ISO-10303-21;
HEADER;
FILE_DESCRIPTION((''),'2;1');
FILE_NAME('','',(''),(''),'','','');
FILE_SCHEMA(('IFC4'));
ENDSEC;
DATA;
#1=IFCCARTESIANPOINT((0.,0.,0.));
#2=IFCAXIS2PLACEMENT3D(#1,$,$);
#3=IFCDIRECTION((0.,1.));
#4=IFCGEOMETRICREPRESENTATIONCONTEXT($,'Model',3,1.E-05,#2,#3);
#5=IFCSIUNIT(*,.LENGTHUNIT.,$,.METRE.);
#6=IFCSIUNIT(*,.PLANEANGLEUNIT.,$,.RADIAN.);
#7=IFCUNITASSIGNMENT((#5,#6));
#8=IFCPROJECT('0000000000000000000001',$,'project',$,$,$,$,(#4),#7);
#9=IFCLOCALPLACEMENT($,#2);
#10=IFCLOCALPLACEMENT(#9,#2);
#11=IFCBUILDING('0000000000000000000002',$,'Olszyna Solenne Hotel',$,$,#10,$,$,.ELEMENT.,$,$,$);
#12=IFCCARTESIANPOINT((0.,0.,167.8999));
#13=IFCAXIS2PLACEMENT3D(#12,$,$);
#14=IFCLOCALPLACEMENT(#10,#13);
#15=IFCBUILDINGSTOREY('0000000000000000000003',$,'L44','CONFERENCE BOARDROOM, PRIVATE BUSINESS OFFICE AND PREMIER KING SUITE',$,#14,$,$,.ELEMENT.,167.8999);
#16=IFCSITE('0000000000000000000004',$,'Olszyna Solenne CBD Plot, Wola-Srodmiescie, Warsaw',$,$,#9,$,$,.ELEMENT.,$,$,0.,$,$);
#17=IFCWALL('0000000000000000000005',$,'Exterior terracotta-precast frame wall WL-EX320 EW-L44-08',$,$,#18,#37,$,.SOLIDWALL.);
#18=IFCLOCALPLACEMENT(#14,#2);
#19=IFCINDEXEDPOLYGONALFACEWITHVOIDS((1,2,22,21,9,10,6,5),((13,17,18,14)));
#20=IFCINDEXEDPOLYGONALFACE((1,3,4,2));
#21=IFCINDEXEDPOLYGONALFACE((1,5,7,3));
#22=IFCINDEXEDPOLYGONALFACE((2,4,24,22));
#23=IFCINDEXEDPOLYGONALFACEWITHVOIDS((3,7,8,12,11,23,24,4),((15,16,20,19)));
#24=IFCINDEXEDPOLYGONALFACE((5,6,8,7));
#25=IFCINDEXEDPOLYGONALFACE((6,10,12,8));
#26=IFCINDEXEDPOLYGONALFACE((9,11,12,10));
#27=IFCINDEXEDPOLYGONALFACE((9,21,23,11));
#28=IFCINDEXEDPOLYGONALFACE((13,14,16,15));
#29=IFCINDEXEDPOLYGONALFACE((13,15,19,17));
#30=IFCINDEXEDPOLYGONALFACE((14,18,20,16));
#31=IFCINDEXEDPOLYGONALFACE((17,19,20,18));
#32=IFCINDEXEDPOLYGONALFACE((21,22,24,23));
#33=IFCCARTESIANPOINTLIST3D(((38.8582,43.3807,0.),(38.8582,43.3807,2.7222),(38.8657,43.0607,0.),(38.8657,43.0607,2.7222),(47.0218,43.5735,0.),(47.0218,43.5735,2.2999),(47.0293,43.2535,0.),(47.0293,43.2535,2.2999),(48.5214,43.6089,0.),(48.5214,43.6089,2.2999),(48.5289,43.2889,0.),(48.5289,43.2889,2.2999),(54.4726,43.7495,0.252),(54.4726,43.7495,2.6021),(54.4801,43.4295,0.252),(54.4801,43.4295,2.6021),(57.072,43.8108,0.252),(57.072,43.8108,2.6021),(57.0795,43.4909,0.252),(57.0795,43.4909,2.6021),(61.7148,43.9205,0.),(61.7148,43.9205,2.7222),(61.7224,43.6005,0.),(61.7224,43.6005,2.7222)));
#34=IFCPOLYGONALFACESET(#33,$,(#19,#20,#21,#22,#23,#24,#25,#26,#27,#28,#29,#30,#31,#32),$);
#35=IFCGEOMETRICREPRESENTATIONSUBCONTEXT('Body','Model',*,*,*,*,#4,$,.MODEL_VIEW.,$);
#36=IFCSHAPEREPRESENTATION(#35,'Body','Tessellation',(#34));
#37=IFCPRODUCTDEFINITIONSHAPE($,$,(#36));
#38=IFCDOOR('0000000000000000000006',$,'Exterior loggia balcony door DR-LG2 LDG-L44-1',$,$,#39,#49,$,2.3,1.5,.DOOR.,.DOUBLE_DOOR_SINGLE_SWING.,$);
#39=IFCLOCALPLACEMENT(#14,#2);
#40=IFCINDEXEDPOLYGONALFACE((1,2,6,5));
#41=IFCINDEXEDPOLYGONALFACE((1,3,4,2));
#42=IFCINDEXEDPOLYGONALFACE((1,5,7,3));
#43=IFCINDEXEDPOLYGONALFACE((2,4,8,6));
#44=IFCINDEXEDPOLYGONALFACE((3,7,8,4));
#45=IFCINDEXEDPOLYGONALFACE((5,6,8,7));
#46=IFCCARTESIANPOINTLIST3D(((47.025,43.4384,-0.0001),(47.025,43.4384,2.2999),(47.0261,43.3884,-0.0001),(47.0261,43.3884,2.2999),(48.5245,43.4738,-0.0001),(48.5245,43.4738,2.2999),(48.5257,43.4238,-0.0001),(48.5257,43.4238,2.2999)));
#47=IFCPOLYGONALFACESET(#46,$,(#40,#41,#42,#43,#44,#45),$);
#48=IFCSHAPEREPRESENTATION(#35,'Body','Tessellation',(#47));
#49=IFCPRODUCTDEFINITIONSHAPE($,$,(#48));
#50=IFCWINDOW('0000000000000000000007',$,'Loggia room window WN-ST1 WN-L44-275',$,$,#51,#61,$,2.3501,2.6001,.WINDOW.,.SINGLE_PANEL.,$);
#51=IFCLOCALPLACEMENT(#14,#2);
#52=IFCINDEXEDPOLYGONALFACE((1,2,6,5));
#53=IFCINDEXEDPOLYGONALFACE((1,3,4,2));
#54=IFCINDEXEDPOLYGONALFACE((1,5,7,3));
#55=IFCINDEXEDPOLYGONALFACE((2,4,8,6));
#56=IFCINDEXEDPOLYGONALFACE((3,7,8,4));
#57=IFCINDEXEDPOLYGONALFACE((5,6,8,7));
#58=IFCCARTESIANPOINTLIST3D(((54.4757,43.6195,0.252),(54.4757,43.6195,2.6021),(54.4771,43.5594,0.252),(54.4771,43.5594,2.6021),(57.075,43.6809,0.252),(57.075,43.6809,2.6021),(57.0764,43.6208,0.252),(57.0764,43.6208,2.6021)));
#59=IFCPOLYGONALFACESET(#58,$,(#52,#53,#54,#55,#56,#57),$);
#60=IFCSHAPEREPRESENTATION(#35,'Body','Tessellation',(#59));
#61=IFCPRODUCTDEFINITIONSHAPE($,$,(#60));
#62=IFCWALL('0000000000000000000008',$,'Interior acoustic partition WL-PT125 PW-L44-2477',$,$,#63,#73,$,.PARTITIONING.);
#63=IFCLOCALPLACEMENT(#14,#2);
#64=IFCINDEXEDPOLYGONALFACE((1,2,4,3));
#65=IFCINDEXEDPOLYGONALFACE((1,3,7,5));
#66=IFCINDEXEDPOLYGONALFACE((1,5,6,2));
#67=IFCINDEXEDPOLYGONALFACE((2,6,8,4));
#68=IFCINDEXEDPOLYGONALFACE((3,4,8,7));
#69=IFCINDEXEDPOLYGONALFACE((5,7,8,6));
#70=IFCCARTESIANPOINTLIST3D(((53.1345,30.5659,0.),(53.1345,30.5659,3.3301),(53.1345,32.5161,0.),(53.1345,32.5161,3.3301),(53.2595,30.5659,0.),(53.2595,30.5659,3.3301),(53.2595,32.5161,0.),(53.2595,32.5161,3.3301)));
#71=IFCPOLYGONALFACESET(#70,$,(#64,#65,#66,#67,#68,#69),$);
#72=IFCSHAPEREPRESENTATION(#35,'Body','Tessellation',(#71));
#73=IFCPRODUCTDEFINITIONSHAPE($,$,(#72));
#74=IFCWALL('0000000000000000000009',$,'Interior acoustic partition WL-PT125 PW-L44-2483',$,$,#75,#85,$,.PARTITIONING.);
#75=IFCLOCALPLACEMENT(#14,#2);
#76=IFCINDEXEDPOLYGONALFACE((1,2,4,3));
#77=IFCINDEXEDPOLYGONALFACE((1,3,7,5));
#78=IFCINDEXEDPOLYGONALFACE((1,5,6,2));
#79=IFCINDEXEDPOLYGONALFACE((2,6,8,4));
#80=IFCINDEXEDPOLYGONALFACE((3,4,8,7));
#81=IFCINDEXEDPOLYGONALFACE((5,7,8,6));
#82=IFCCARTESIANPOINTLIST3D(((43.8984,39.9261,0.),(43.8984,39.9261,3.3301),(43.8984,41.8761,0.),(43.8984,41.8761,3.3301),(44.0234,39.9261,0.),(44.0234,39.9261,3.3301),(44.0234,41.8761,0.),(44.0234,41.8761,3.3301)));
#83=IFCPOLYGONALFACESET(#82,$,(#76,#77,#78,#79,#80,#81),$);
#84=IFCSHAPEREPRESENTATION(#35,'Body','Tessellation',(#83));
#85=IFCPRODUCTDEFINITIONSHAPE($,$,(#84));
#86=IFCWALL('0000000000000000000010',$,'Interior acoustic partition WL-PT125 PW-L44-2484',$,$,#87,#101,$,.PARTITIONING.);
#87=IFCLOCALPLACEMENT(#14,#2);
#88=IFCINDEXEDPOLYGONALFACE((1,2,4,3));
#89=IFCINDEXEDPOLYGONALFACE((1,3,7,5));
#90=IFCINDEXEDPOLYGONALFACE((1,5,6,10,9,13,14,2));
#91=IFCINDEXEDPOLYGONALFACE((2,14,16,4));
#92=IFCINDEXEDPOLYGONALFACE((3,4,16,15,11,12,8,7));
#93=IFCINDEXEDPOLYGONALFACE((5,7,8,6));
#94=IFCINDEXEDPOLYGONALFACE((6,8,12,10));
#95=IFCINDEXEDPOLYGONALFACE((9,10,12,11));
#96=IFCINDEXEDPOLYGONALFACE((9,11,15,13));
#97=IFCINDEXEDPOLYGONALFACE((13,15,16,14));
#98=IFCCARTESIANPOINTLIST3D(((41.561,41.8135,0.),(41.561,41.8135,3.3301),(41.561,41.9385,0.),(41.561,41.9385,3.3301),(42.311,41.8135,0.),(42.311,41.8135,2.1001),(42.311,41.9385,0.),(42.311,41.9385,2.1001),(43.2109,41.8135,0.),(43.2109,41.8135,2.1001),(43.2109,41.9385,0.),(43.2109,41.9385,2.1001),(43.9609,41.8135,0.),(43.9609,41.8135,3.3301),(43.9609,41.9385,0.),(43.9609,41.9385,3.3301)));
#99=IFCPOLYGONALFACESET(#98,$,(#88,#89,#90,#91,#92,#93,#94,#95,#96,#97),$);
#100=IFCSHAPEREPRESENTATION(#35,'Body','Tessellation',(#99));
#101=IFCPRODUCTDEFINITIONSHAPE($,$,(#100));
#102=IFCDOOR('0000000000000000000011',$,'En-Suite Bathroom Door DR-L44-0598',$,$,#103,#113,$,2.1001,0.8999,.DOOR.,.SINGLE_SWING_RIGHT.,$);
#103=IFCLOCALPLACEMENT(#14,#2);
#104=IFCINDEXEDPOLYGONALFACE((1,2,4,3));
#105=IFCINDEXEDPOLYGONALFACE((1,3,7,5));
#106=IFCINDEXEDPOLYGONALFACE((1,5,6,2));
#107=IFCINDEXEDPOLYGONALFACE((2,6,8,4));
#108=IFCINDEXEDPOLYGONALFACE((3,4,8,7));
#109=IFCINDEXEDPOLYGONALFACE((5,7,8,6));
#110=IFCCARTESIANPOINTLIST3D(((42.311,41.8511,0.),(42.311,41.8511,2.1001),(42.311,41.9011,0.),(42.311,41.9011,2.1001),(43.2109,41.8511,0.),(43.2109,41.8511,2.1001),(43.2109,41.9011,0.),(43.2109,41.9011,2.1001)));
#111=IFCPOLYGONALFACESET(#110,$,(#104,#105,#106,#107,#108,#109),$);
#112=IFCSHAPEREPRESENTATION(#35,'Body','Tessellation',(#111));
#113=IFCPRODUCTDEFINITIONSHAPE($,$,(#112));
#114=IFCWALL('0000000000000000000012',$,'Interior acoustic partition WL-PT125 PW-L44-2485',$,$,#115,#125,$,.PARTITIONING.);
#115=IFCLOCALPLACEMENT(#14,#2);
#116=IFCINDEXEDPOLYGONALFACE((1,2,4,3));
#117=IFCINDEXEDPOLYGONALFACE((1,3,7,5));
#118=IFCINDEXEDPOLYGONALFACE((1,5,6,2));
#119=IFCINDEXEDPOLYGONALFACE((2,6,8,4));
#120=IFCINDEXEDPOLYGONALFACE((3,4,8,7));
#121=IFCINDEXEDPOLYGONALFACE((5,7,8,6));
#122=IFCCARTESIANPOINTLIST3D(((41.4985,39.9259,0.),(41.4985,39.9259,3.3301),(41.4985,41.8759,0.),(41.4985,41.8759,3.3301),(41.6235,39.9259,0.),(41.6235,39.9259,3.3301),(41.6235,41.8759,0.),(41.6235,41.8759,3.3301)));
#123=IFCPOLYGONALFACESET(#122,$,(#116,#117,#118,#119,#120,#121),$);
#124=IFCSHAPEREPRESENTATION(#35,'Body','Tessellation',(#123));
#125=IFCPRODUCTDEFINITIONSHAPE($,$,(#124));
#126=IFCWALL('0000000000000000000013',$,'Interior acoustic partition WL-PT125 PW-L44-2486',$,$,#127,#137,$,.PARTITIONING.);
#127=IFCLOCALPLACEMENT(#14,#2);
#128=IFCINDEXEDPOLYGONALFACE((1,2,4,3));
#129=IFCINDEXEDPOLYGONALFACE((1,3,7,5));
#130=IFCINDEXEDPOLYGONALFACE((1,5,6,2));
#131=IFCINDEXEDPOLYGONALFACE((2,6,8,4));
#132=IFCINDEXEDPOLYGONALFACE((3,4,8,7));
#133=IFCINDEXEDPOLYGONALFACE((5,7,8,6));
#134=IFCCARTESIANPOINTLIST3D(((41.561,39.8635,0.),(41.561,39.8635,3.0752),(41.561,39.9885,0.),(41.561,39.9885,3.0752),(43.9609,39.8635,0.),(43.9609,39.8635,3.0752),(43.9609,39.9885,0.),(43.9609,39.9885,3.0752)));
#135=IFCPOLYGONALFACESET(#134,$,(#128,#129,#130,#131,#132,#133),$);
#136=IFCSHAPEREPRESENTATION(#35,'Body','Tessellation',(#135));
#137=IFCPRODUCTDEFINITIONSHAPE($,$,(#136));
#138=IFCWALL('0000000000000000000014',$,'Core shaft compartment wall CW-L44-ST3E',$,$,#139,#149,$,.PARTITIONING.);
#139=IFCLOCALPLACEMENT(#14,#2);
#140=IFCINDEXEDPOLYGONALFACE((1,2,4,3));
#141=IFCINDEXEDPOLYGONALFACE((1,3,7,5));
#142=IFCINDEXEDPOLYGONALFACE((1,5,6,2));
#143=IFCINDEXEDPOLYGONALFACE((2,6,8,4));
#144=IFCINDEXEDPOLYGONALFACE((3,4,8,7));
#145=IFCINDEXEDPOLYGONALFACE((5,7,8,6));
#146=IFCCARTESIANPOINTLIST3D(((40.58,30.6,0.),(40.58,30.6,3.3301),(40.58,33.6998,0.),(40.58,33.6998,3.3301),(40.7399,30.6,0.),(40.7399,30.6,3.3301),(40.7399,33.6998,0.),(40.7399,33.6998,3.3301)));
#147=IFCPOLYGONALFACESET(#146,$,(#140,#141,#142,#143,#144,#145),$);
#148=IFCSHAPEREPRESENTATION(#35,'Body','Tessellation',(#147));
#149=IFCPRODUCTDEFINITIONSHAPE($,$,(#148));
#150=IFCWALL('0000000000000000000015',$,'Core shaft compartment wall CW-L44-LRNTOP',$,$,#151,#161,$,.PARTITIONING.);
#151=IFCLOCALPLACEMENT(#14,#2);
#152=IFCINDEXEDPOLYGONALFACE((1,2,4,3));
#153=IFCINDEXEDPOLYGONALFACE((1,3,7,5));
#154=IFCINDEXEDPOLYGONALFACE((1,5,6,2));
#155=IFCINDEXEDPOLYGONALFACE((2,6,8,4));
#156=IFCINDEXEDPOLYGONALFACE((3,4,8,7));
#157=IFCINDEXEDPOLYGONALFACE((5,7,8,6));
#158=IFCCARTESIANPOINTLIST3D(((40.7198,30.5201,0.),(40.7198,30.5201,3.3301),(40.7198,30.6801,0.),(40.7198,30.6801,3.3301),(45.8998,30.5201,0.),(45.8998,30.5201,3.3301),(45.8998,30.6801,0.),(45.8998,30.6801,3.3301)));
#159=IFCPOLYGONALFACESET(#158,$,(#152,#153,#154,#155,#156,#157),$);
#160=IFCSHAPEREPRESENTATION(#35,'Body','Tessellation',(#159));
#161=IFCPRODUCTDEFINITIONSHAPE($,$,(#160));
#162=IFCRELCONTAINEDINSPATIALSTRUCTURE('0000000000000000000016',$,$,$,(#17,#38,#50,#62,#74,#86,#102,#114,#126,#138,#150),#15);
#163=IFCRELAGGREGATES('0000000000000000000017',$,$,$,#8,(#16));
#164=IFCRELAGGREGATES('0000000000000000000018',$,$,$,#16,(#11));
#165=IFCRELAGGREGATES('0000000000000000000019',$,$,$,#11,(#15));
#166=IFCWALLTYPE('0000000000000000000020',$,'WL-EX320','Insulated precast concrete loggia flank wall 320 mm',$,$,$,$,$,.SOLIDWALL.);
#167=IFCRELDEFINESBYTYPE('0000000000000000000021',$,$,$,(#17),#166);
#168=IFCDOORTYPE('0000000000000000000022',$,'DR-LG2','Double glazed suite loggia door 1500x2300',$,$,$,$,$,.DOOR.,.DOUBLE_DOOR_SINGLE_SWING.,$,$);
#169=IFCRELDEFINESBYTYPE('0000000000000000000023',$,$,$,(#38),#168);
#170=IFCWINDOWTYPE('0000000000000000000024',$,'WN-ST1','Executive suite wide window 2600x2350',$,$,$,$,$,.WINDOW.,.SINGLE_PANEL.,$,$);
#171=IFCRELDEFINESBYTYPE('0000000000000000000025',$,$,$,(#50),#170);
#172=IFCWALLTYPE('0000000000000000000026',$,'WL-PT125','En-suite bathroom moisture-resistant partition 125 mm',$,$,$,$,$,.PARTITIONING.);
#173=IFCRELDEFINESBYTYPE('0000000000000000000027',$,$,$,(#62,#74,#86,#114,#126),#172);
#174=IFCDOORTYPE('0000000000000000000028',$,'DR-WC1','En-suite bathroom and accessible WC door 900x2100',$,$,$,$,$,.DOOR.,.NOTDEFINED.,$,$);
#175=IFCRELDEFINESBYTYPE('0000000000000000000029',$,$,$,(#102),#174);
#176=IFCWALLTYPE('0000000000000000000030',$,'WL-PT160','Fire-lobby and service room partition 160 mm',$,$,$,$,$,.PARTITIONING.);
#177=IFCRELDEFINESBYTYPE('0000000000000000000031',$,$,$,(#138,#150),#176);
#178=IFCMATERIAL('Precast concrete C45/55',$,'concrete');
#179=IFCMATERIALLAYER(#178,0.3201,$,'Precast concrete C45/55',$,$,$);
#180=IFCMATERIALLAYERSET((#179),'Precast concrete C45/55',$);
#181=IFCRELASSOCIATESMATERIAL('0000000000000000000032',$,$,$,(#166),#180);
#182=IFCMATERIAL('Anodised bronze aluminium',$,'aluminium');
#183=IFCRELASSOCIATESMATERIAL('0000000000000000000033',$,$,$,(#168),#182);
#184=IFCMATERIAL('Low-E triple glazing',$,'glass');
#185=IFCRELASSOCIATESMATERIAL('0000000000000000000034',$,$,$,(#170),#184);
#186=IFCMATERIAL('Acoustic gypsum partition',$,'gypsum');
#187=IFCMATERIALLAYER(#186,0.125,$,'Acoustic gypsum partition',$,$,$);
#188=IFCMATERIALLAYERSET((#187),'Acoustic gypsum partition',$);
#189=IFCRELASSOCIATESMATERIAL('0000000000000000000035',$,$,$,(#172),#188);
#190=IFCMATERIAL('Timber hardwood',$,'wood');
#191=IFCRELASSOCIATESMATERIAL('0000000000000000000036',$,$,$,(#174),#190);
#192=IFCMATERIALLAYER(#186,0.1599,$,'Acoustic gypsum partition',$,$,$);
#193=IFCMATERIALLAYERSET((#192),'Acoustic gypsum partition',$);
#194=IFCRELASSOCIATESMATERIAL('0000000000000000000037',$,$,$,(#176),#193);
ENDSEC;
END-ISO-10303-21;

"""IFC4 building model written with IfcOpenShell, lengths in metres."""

from ifc_helpers import new_model, si_unit, direction, frame, frame_2d, origin, place, context, subcontext, project, spatial, rectangle, extrude, source, transform, mapped, material, layer, layer_set, type_object, type_shapes, element, fill, save


model = new_model("IFC4")

# Units and contexts
model_context = context("Model", 3, precision=1e-05, world=origin(), true_north=direction((0.0, 1.0)))
body_context = subcontext(model_context, "Body", "Model", "MODEL_VIEW")
ifc_project = project(units=[si_unit("LENGTHUNIT", "METRE"), si_unit("PLANEANGLEUNIT", "RADIAN")], contexts=[model_context])

# Site, building, storey
site_placement = place(None, origin())
site = spatial("IfcSite", under=ifc_project, at=site_placement, Name="Olszyna Solenne CBD Plot, Wola-Srodmiescie, Warsaw", CompositionType="ELEMENT", RefElevation=0.0)
building_placement = place(site_placement, origin())
building = spatial("IfcBuilding", under=site, at=building_placement, Name="Olszyna Solenne Hotel", CompositionType="ELEMENT")
storey_placement = place(building_placement, frame((0.0, 0.0, 167.8999)))
storey = spatial("IfcBuildingStorey", under=building, at=storey_placement, Name="L44", Description="CONFERENCE BOARDROOM, PRIVATE BUSINESS OFFICE AND PREMIER KING SUITE", CompositionType="ELEMENT", Elevation=167.8999)

# Shared definitions
ifc_material_1 = material(Name="Timber hardwood", Category="wood")

# Wall, openings, door, window
ifc_material_2 = material(Name="Precast concrete C45/55", Category="concrete")
ifc_layer_1 = layer(ifc_material_2, 0.3201, Name="Precast concrete C45/55")
ifc_layer_set_1 = layer_set([ifc_layer_1], Name="Precast concrete C45/55")
wall_type_1 = type_object("IfcWallType", Name="WL-EX320", Description="Insulated precast concrete loggia flank wall 320 mm", PredefinedType="SOLIDWALL", material=ifc_layer_set_1)
wall_1_placement = place(storey_placement, frame((38.8618, 43.2207, 0.0), z_axis=(0.0, 0.0, 1.0), x_axis=(0.999721, 0.02361, 0.0)))
wall_1 = element("IfcWall", 1, at=wall_1_placement, inside=storey, type_object=wall_type_1, Name="Exterior terracotta-precast frame wall WL-EX320 EW-L44-08", PredefinedType="SOLIDWALL", context=body_context, shape_type="SweptSolid", body=[
    extrude(rectangle(XDim=22.863, YDim=0.3201, at=frame_2d((11.4316, 0.0))), origin(), (0.0, 0.0, 1.0), 2.7222),
])
opening_1_placement = place(wall_1_placement, frame((8.166, 0.0, 0.0)))
opening_1 = element("IfcOpeningElement", 2, at=opening_1_placement, cuts=wall_1, PredefinedType="OPENING", context=body_context, shape_type="SweptSolid", body=[
    extrude(rectangle(XDim=1.5, YDim=2.3, at=frame_2d((0.75, 1.1499))), frame((0.0, 0.1699, 0.0), z_axis=(0.0, -1.0, 0.0), x_axis=(1.0, 0.0, 0.0)), (0.0, 0.0, 1.0), 0.3401),
])
opening_2_placement = place(wall_1_placement, frame((15.6189, 0.0, 0.252)))
opening_2 = element("IfcOpeningElement", 3, at=opening_2_placement, cuts=wall_1, PredefinedType="OPENING", context=body_context, shape_type="SweptSolid", body=[
    extrude(rectangle(XDim=2.6001, YDim=2.3501, at=frame_2d((1.3, 1.175))), frame((0.0, 0.1699, 0.0), z_axis=(0.0, -1.0, 0.0), x_axis=(1.0, 0.0, 0.0)), (0.0, 0.0, 1.0), 0.3401),
])
ifc_material_3 = material(Name="Anodised bronze aluminium", Category="aluminium")
door_type_1 = type_object("IfcDoorType", Name="DR-LG2", Description="Double glazed suite loggia door 1500x2300", OperationType="DOUBLE_DOOR_SINGLE_SWING", PredefinedType="DOOR", material=ifc_material_3)
shared_shape_1 = source(origin(), body_context, "Body", "SweptSolid", [
    extrude(rectangle(XDim=1.5, YDim=2.3, at=frame_2d((0.75, 1.1499))), frame((0.0, 0.0249, 0.0), z_axis=(0.0, -1.0, 0.0), x_axis=(1.0, 0.0, 0.0)), (0.0, 0.0, 1.0), 0.05),
])
type_shapes(door_type_1, [shared_shape_1])
door_1_placement = place(opening_1_placement, origin())
door_1 = element("IfcDoor", 4, at=door_1_placement, inside=storey, type_object=door_type_1, Name="Exterior loggia balcony door DR-LG2 LDG-L44-1", OperationType="DOUBLE_DOOR_SINGLE_SWING", OverallHeight=2.3, OverallWidth=1.5, PredefinedType="DOOR", context=body_context, shape_type="MappedRepresentation", body=[
    mapped(shared_shape_1, transform((0.0, 0.0, 0.0), x_axis=(1.0, 0.0, 0.0), y_axis=(0.0, 1.0, 0.0), z_axis=(0.0, 0.0, 1.0), scale=1.0)),
])
fill(opening_1, door_1)
ifc_material_4 = material(Name="Low-E triple glazing", Category="glass")
window_type = type_object("IfcWindowType", Name="WN-ST1", Description="Executive suite wide window 2600x2350", PartitioningType="SINGLE_PANEL", PredefinedType="WINDOW", material=ifc_material_4)
shared_shape_2 = source(origin(), body_context, "Body", "SweptSolid", [
    extrude(rectangle(XDim=2.6001, YDim=2.3501, at=frame_2d((1.3, 1.175))), frame((0.0, 0.03, 0.0), z_axis=(0.0, -1.0, 0.0), x_axis=(1.0, 0.0, 0.0)), (0.0, 0.0, 1.0), 0.0601),
])
type_shapes(window_type, [shared_shape_2])
window_placement = place(opening_2_placement, origin())
window = element("IfcWindow", 5, at=window_placement, inside=storey, type_object=window_type, Name="Loggia room window WN-ST1 WN-L44-275", OverallHeight=2.3501, OverallWidth=2.6001, PartitioningType="SINGLE_PANEL", PredefinedType="WINDOW", context=body_context, shape_type="MappedRepresentation", body=[
    mapped(shared_shape_2, transform((0.0, 0.0, 0.0), x_axis=(1.0, 0.0, 0.0), y_axis=(0.0, 1.0, 0.0), z_axis=(0.0, 0.0, 1.0), scale=1.0)),
])
fill(opening_2, window)

# Walls
ifc_material_5 = material(Name="Acoustic gypsum partition", Category="gypsum")
ifc_layer_2 = layer(ifc_material_5, 0.125, Name="Acoustic gypsum partition")
ifc_layer_set_2 = layer_set([ifc_layer_2], Name="Acoustic gypsum partition")
wall_type_2 = type_object("IfcWallType", Name="WL-PT125", Description="En-suite bathroom moisture-resistant partition 125 mm", PredefinedType="PARTITIONING", material=ifc_layer_set_2)
wall_2_placement = place(storey_placement, frame((53.197, 32.5161, 0.0), z_axis=(0.0, 0.0, 1.0), x_axis=(0.0, -1.0, 0.0)))
element("IfcWall", 6, at=wall_2_placement, inside=storey, type_object=wall_type_2, Name="Interior acoustic partition WL-PT125 PW-L44-2477", PredefinedType="PARTITIONING", context=body_context, shape_type="SweptSolid", body=[
    extrude(rectangle(XDim=1.9502, YDim=0.125, at=frame_2d((0.9751, 0.0))), origin(), (0.0, 0.0, 1.0), 3.3301),
])
wall_3_placement = place(storey_placement, frame((43.9609, 39.926, 0.0), z_axis=(0.0, 0.0, 1.0), x_axis=(0.0, 1.0, 0.0)))
element("IfcWall", 7, at=wall_3_placement, inside=storey, type_object=wall_type_2, Name="Interior acoustic partition WL-PT125 PW-L44-2483", PredefinedType="PARTITIONING", context=body_context, shape_type="SweptSolid", body=[
    extrude(rectangle(XDim=1.95, YDim=0.125, at=frame_2d((0.9751, 0.0))), origin(), (0.0, 0.0, 1.0), 3.3301),
])

# Wall, opening, door
wall_4_placement = place(storey_placement, frame((43.9609, 41.876, 0.0), z_axis=(0.0, 0.0, 1.0), x_axis=(-1.0, 0.0, 0.0)))
wall_4 = element("IfcWall", 8, at=wall_4_placement, inside=storey, type_object=wall_type_2, Name="Interior acoustic partition WL-PT125 PW-L44-2484", PredefinedType="PARTITIONING", context=body_context, shape_type="SweptSolid", body=[
    extrude(rectangle(XDim=2.3999, YDim=0.125, at=frame_2d((1.2, 0.0))), origin(), (0.0, 0.0, 1.0), 3.3301),
])
opening_3_placement = place(wall_4_placement, frame((0.75, 0.0, 0.0)))
opening_3 = element("IfcOpeningElement", 9, at=opening_3_placement, cuts=wall_4, PredefinedType="OPENING", context=body_context, shape_type="SweptSolid", body=[
    extrude(rectangle(XDim=0.8999, YDim=2.1001, at=frame_2d((0.45, 1.05))), frame((0.0, 0.0725, 0.0), z_axis=(0.0, -1.0, 0.0), x_axis=(1.0, 0.0, 0.0)), (0.0, 0.0, 1.0), 0.145),
])
door_type_2 = type_object("IfcDoorType", Name="DR-WC1", Description="En-suite bathroom and accessible WC door 900x2100", OperationType="NOTDEFINED", PredefinedType="DOOR", material=ifc_material_1)
shared_shape_3 = source(origin(), body_context, "Body", "SweptSolid", [
    extrude(rectangle(XDim=0.8999, YDim=2.1001, at=frame_2d((0.45, 1.05))), frame((0.0, 0.0249, 0.0), z_axis=(0.0, -1.0, 0.0), x_axis=(1.0, 0.0, 0.0)), (0.0, 0.0, 1.0), 0.05),
])
type_shapes(door_type_2, [shared_shape_3])
door_2_placement = place(opening_3_placement, origin())
door_2 = element("IfcDoor", 10, at=door_2_placement, inside=storey, type_object=door_type_2, Name="En-Suite Bathroom Door DR-L44-0598", OperationType="SINGLE_SWING_RIGHT", OverallHeight=2.1001, OverallWidth=0.8999, PredefinedType="DOOR", context=body_context, shape_type="MappedRepresentation", body=[
    mapped(shared_shape_3, transform((0.0, 0.0, 0.0), x_axis=(1.0, 0.0, 0.0), y_axis=(0.0, 1.0, 0.0), z_axis=(0.0, 0.0, 1.0), scale=1.0)),
])
fill(opening_3, door_2)

# Walls
wall_5_placement = place(storey_placement, frame((41.561, 41.876, 0.0), z_axis=(0.0, 0.0, 1.0), x_axis=(0.0, -1.0, 0.0)))
element("IfcWall", 11, at=wall_5_placement, inside=storey, type_object=wall_type_2, Name="Interior acoustic partition WL-PT125 PW-L44-2485", PredefinedType="PARTITIONING", context=body_context, shape_type="SweptSolid", body=[
    extrude(rectangle(XDim=1.95, YDim=0.125, at=frame_2d((0.9751, 0.0))), origin(), (0.0, 0.0, 1.0), 3.3301),
])
wall_6_placement = place(storey_placement, frame((41.561, 39.926, 0.0), z_axis=(0.0, 0.0, 1.0), x_axis=(1.0, 0.0, 0.0)))
element("IfcWall", 12, at=wall_6_placement, inside=storey, type_object=wall_type_2, Name="Interior acoustic partition WL-PT125 PW-L44-2486", PredefinedType="PARTITIONING", context=body_context, shape_type="SweptSolid", body=[
    extrude(rectangle(XDim=2.3999, YDim=0.125, at=frame_2d((1.2, 0.0))), origin(), (0.0, 0.0, 1.0), 3.0752),
])
ifc_layer_3 = layer(ifc_material_5, 0.1599, Name="Acoustic gypsum partition")
ifc_layer_set_3 = layer_set([ifc_layer_3], Name="Acoustic gypsum partition")
wall_type_3 = type_object("IfcWallType", Name="WL-PT160", Description="Fire-lobby and service room partition 160 mm", PredefinedType="PARTITIONING", material=ifc_layer_set_3)
wall_7_placement = place(storey_placement, frame((40.6599, 30.6001, 0.0), z_axis=(0.0, 0.0, 1.0), x_axis=(0.0, 1.0, 0.0)))
element("IfcWall", 13, at=wall_7_placement, inside=storey, type_object=wall_type_3, Name="Core shaft compartment wall CW-L44-ST3E", PredefinedType="PARTITIONING", context=body_context, shape_type="SweptSolid", body=[
    extrude(rectangle(XDim=3.0999, YDim=0.1599, at=frame_2d((1.5498, 0.0))), origin(), (0.0, 0.0, 1.0), 3.3301),
])
wall_8_placement = place(storey_placement, frame((40.72, 30.6001, 0.0), z_axis=(0.0, 0.0, 1.0), x_axis=(1.0, 0.0, 0.0)))
element("IfcWall", 14, at=wall_8_placement, inside=storey, type_object=wall_type_3, Name="Core shaft compartment wall CW-L44-LRNTOP", PredefinedType="PARTITIONING", context=body_context, shape_type="SweptSolid", body=[
    extrude(rectangle(XDim=5.1799, YDim=0.1599, at=frame_2d((2.5898, 0.0))), origin(), (0.0, 0.0, 1.0), 3.3301),
])

save(model, "model.ifc")
